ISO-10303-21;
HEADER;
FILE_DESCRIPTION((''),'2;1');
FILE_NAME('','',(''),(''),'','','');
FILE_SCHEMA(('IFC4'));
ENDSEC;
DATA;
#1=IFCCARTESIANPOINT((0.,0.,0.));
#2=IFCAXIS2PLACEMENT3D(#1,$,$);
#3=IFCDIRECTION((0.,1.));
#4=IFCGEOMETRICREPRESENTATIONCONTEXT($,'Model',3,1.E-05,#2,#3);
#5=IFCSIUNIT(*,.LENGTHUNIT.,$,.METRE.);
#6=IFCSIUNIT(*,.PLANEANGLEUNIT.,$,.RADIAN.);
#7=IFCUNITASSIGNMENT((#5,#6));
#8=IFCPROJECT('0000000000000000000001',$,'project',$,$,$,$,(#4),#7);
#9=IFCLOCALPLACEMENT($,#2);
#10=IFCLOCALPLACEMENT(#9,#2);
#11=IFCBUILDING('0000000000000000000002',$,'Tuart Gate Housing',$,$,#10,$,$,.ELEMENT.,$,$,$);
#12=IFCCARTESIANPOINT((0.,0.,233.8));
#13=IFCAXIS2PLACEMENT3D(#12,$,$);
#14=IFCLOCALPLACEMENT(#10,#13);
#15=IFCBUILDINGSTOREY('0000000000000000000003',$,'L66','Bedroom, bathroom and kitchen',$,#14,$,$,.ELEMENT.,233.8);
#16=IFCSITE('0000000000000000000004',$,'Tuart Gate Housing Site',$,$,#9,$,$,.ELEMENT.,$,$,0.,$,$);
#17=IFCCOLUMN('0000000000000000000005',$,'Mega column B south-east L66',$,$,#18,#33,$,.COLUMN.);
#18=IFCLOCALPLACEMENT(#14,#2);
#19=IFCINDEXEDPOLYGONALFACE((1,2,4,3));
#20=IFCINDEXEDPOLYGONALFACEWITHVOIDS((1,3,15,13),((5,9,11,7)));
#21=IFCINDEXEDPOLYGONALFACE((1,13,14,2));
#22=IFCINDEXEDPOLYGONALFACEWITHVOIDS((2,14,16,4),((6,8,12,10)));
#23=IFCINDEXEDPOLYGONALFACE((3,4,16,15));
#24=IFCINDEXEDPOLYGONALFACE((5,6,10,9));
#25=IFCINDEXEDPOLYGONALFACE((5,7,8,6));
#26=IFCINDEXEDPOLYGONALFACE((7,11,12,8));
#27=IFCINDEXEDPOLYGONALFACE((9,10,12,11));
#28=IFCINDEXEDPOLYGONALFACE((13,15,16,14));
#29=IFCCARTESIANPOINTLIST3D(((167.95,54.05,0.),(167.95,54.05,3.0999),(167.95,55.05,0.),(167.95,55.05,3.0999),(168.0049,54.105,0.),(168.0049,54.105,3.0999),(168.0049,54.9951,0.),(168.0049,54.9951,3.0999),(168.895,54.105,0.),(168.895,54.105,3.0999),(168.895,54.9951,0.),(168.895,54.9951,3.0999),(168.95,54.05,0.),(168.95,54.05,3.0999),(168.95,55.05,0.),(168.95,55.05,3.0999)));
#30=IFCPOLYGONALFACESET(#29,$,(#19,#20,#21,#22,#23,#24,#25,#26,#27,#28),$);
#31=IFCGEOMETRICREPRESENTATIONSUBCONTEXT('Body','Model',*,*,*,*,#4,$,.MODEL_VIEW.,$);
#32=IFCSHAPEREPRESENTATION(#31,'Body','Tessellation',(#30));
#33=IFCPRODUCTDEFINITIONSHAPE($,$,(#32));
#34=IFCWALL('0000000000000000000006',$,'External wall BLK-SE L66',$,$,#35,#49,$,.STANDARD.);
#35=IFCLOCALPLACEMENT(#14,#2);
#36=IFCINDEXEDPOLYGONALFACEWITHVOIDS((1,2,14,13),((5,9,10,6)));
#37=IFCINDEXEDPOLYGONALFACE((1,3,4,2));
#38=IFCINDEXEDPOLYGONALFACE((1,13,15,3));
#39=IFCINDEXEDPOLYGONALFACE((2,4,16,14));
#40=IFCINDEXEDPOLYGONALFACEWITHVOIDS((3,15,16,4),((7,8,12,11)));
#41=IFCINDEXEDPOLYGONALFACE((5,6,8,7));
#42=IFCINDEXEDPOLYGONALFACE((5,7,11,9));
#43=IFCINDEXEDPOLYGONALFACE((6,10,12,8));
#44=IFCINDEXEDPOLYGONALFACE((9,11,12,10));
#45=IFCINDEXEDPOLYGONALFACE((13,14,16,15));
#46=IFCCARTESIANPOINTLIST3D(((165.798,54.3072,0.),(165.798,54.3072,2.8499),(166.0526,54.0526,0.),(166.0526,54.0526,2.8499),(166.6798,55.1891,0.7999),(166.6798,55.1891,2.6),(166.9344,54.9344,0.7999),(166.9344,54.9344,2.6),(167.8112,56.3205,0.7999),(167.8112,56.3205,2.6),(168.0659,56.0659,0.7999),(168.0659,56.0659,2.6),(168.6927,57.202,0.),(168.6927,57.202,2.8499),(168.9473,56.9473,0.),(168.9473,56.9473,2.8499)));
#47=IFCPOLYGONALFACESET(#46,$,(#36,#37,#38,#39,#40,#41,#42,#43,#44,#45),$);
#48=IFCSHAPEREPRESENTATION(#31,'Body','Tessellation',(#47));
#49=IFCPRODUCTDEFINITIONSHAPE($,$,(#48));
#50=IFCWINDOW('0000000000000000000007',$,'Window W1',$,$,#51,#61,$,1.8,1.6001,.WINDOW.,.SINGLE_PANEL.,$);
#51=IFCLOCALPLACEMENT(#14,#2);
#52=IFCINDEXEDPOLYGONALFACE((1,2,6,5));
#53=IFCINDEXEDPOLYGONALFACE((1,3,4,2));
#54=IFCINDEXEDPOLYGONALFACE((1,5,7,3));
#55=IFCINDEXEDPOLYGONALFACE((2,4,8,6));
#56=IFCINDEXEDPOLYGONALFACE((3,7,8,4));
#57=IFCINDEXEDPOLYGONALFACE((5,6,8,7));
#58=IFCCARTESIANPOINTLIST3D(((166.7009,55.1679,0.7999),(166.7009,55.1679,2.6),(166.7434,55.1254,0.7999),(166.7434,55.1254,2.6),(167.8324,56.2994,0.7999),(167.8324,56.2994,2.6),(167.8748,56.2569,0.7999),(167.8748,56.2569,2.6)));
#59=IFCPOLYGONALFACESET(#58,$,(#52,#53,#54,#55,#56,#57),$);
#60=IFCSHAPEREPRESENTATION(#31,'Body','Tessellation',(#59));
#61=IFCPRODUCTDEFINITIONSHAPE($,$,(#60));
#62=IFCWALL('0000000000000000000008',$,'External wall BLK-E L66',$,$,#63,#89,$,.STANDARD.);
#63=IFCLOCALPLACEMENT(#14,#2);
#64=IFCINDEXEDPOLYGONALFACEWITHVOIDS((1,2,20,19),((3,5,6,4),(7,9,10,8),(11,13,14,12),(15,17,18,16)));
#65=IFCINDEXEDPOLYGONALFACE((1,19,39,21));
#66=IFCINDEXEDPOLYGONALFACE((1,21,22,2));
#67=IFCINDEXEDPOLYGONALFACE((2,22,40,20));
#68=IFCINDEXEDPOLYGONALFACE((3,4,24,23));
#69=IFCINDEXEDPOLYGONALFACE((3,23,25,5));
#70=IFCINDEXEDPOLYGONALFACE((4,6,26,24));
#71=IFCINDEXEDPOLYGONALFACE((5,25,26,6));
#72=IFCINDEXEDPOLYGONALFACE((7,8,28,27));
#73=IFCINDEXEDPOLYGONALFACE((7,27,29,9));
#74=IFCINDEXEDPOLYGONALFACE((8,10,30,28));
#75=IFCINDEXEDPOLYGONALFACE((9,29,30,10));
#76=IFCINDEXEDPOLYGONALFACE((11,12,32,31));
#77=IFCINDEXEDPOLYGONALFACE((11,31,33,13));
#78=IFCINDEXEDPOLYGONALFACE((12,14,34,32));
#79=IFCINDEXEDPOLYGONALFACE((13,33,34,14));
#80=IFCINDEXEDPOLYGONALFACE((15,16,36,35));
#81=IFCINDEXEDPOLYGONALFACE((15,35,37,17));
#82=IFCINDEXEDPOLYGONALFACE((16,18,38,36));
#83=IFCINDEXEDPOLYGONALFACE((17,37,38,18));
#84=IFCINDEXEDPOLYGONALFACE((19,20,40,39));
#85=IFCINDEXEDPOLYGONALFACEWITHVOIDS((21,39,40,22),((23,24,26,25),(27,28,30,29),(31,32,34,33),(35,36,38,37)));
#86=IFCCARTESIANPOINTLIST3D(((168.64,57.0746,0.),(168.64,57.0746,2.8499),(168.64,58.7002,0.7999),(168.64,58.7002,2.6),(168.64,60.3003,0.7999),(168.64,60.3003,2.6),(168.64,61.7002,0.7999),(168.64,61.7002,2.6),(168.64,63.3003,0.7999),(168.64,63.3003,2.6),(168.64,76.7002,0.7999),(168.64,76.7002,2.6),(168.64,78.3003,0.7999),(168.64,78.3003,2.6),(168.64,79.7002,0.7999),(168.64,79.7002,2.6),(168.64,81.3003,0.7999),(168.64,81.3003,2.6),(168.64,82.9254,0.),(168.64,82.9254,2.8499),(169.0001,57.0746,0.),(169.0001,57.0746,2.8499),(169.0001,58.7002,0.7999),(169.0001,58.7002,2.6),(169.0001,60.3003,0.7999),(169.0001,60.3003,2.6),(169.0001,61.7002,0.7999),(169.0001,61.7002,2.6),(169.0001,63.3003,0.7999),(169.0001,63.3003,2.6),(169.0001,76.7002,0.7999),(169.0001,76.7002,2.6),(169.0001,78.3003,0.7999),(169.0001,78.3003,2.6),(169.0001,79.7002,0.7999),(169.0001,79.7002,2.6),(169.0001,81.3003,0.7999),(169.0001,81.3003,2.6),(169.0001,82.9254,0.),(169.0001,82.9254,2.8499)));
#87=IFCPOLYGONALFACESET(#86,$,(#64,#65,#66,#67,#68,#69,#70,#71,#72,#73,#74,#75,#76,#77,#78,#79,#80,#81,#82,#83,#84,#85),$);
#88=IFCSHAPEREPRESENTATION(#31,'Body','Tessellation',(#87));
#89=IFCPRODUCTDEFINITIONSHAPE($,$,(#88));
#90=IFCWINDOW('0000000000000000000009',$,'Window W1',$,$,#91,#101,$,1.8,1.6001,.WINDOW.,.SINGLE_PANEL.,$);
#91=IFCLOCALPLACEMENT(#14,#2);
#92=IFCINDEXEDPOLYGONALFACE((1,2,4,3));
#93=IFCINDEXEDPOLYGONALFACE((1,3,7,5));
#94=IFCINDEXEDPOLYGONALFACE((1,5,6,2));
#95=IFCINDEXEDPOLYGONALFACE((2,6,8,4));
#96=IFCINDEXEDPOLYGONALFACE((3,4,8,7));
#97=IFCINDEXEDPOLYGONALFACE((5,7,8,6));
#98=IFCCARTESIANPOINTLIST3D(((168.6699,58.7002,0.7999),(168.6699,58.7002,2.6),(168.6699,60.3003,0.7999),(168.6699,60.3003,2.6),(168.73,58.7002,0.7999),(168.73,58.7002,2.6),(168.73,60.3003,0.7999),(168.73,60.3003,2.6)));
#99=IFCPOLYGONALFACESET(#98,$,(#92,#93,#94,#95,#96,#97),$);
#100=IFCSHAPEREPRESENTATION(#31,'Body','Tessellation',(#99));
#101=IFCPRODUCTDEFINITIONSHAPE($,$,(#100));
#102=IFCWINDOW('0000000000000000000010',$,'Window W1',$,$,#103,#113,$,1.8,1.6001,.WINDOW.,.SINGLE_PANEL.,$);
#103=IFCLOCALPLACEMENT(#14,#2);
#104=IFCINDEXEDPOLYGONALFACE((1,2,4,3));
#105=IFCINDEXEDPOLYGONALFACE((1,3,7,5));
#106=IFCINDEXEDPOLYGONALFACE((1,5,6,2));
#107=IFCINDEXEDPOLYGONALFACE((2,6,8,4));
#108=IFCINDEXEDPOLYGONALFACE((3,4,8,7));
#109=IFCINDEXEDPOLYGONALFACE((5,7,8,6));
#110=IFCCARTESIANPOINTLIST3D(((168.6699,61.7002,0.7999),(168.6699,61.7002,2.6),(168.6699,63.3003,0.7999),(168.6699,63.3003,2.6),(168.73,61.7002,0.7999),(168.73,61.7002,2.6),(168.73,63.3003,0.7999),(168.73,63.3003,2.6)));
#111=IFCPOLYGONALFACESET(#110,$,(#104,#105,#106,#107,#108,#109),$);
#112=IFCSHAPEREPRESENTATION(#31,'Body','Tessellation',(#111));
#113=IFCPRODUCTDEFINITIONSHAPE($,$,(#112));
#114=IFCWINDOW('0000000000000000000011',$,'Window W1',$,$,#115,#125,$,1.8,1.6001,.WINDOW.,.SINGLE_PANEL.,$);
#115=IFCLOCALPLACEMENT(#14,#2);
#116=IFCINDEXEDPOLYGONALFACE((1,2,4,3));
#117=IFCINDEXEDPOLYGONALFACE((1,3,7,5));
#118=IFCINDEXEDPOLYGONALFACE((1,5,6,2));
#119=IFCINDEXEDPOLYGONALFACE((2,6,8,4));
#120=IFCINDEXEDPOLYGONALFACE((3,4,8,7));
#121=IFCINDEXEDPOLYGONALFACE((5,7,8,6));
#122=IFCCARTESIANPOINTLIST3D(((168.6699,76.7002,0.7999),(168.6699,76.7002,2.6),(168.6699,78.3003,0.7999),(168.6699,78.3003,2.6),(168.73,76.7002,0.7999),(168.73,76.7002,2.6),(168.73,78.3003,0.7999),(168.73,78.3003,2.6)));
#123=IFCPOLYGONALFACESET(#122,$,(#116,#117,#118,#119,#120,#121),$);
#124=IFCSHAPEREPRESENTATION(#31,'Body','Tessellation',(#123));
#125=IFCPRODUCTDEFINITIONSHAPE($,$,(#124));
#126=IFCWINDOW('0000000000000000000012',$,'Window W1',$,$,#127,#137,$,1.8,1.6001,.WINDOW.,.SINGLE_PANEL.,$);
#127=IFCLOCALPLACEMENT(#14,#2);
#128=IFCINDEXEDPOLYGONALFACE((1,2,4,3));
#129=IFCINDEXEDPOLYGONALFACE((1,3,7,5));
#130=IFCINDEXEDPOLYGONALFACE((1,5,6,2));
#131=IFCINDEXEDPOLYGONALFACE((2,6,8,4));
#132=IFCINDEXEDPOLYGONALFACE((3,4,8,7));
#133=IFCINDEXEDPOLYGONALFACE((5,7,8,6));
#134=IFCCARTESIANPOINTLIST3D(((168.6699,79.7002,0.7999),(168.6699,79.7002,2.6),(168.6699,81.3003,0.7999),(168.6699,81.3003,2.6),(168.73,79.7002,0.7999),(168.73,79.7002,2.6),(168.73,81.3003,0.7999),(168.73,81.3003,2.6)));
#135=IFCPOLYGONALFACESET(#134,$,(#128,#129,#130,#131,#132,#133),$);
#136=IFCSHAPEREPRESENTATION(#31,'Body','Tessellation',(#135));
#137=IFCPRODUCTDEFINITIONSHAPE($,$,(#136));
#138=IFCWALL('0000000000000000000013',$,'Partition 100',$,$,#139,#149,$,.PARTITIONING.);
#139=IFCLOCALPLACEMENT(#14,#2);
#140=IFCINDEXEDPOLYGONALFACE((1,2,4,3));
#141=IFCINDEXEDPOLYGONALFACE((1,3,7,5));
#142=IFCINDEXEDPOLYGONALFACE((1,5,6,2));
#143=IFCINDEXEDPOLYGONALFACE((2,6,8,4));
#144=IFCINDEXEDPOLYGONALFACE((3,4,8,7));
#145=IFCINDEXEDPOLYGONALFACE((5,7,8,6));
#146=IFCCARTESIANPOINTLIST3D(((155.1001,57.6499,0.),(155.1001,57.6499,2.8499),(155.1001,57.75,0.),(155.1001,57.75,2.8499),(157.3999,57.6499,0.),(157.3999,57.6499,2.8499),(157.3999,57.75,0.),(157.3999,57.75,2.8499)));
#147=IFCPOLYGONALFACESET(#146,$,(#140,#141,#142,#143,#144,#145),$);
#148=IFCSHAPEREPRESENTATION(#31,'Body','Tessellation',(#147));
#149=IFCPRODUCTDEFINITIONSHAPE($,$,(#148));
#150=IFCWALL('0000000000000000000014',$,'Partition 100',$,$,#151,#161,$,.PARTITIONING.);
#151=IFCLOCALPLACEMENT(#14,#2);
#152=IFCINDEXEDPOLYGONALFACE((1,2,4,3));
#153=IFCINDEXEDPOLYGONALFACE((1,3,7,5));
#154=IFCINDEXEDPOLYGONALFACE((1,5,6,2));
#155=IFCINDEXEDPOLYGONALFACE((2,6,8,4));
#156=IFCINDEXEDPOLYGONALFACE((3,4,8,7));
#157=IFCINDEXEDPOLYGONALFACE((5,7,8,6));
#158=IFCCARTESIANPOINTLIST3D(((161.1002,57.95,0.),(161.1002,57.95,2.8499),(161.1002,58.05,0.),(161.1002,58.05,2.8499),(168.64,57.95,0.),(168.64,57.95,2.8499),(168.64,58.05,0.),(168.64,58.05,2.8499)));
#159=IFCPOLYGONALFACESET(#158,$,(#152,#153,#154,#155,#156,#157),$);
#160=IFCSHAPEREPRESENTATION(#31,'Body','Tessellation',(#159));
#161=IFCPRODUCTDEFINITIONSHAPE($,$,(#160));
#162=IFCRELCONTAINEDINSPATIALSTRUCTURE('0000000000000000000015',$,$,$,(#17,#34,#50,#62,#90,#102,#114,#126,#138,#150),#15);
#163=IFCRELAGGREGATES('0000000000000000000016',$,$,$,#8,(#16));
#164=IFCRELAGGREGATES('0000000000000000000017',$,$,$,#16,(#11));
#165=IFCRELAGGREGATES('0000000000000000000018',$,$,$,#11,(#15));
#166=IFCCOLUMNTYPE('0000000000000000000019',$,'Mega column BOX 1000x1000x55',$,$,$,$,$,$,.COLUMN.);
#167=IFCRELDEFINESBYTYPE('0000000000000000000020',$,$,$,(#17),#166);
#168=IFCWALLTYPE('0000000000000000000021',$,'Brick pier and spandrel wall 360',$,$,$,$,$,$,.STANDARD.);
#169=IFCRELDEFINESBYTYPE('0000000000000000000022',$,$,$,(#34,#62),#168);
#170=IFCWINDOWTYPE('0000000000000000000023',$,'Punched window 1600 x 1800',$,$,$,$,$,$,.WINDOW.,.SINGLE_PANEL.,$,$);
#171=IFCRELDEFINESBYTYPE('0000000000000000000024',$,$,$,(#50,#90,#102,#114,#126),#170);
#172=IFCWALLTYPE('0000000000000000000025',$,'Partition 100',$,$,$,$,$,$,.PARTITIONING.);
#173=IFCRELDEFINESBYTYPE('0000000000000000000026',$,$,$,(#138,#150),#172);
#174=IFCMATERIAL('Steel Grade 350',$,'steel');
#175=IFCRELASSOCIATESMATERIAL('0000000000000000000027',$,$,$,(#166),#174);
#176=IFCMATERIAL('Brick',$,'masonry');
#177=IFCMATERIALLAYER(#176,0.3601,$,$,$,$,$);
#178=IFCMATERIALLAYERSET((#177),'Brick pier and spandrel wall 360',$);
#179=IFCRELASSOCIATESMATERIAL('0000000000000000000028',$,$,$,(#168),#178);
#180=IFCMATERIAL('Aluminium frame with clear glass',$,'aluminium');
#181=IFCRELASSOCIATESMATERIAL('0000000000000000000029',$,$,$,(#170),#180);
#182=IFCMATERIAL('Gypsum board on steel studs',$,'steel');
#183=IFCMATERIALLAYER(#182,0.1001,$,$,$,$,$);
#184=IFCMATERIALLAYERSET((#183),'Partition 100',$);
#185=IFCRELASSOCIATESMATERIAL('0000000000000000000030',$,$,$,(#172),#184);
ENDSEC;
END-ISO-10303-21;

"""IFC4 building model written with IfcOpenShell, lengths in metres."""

from ifc_helpers import new_model, si_unit, direction, frame, frame_2d, origin, origin_2d, place, context, subcontext, project, spatial, rectangle, hollow_rectangle, extrude, material, layer, layer_set, material_profile, profile_set, type_object, element, fill, save


model = new_model("IFC4")

# Units and contexts
model_context = context("Model", 3, precision=1e-05, world=origin(), true_north=direction((0.0, 1.0)))
body_context = subcontext(model_context, "Body", "Model", "MODEL_VIEW")
ifc_project = project(units=[si_unit("LENGTHUNIT", "METRE"), si_unit("PLANEANGLEUNIT", "RADIAN")], contexts=[model_context])

# Site, building, storey
site_placement = place(None, origin())
site = spatial("IfcSite", under=ifc_project, at=site_placement, Name="Tuart Gate Housing Site", CompositionType="ELEMENT", RefElevation=0.0)
building_placement = place(site_placement, origin())
building = spatial("IfcBuilding", under=site, at=building_placement, Name="Tuart Gate Housing", CompositionType="ELEMENT")
storey_placement = place(building_placement, frame((0.0, 0.0, 233.8)))
storey = spatial("IfcBuildingStorey", under=building, at=storey_placement, Name="L66", Description="Bedroom, bathroom and kitchen", CompositionType="ELEMENT", Elevation=233.8)

# Column
ifc_material_1 = material(Name="Steel Grade 350", Category="steel")
ifc_material_profile = material_profile(ifc_material_1, hollow_rectangle(XDim=1.0, YDim=1.0, WallThickness=0.0549, at=origin_2d()), Name="BOX 1000x1000x55")
ifc_profile_set = profile_set([ifc_material_profile], Name="Steel Grade 350")
column_type = type_object("IfcColumnType", Name="Mega column BOX 1000x1000x55", PredefinedType="COLUMN", material=ifc_profile_set)
column_placement = place(storey_placement, frame((168.45, 54.55, 0.0), z_axis=(0.0, 0.0, 1.0), x_axis=(1.0, 0.0, 0.0)))
element("IfcColumn", 1, at=column_placement, inside=storey, type_object=column_type, Name="Mega column B south-east L66", PredefinedType="COLUMN", context=body_context, shape_type="SweptSolid", body=[
    extrude(hollow_rectangle(XDim=1.0, YDim=1.0, WallThickness=0.0549, at=origin_2d()), origin(), (0.0, 0.0, 1.0), 3.0999),
])

# Wall, opening, window
ifc_material_2 = material(Name="Brick", Category="masonry")
ifc_layer_1 = layer(ifc_material_2, 0.3601)
ifc_layer_set_1 = layer_set([ifc_layer_1], Name="Brick pier and spandrel wall 360")
wall_type_1 = type_object("IfcWallType", Name="Brick pier and spandrel wall 360", PredefinedType="STANDARD", material=ifc_layer_set_1)
wall_1_placement = place(storey_placement, frame((165.9253, 54.1799, 0.0), z_axis=(0.0, 0.0, 1.0), x_axis=(0.707107, 0.707107, 0.0)))
wall_1 = element("IfcWall", 2, at=wall_1_placement, inside=storey, type_object=wall_type_1, Name="External wall BLK-SE L66", PredefinedType="STANDARD", context=body_context, shape_type="SweptSolid", body=[
    extrude(rectangle(XDim=4.0938, YDim=0.3601, at=frame_2d((2.0469, 0.0))), origin(), (0.0, 0.0, 1.0), 2.8499),
])
opening_1_placement = place(wall_1_placement, frame((1.2471, 0.0, 0.8)))
opening_1 = element("IfcOpeningElement", 3, at=opening_1_placement, cuts=wall_1, PredefinedType="OPENING", context=body_context, shape_type="SweptSolid", body=[
    extrude(rectangle(XDim=1.6001, YDim=1.8, at=frame_2d((0.8, 0.8999))), frame((0.0, 0.1899, 0.0), z_axis=(0.0, -1.0, 0.0), x_axis=(1.0, 0.0, 0.0)), (0.0, 0.0, 1.0), 0.3801),
])
ifc_material_3 = material(Name="Aluminium frame with clear glass", Category="aluminium")
window_type = type_object("IfcWindowType", Name="Punched window 1600 x 1800", PartitioningType="SINGLE_PANEL", PredefinedType="WINDOW", material=ifc_material_3)
window_1_placement = place(opening_1_placement, origin())
window_1 = element("IfcWindow", 4, at=window_1_placement, inside=storey, type_object=window_type, Name="Window W1", OverallHeight=1.8, OverallWidth=1.6001, PartitioningType="SINGLE_PANEL", PredefinedType="WINDOW", context=body_context, shape_type="SweptSolid", body=[
    extrude(rectangle(XDim=1.6001, YDim=1.8, at=frame_2d((0.8, 0.8999))), frame((0.0, 0.1501, 0.0), z_axis=(0.0, -1.0, 0.0), x_axis=(1.0, 0.0, 0.0)), (0.0, 0.0, 1.0), 0.0601),
])
fill(opening_1, window_1)

# Wall, openings, windows
wall_2_placement = place(storey_placement, frame((168.8201, 57.0747, 0.0), z_axis=(0.0, 0.0, 1.0), x_axis=(0.0, 1.0, 0.0)))
wall_2 = element("IfcWall", 5, at=wall_2_placement, inside=storey, type_object=wall_type_1, Name="External wall BLK-E L66", PredefinedType="STANDARD", context=body_context, shape_type="SweptSolid", body=[
    extrude(rectangle(XDim=25.8508, YDim=0.3601, at=frame_2d((12.9253, 0.0))), origin(), (0.0, 0.0, 1.0), 2.8499),
])
opening_2_placement = place(wall_2_placement, frame((1.6255, 0.0, 0.8)))
opening_2 = element("IfcOpeningElement", 6, at=opening_2_placement, cuts=wall_2, PredefinedType="OPENING", context=body_context, shape_type="SweptSolid", body=[
    extrude(rectangle(XDim=1.6001, YDim=1.8, at=frame_2d((0.8, 0.8999))), frame((0.0, 0.1899, 0.0), z_axis=(0.0, -1.0, 0.0), x_axis=(1.0, 0.0, 0.0)), (0.0, 0.0, 1.0), 0.3801),
])
opening_3_placement = place(wall_2_placement, frame((4.6255, 0.0, 0.8)))
opening_3 = element("IfcOpeningElement", 7, at=opening_3_placement, cuts=wall_2, PredefinedType="OPENING", context=body_context, shape_type="SweptSolid", body=[
    extrude(rectangle(XDim=1.6001, YDim=1.8, at=frame_2d((0.8, 0.8999))), frame((0.0, 0.1899, 0.0), z_axis=(0.0, -1.0, 0.0), x_axis=(1.0, 0.0, 0.0)), (0.0, 0.0, 1.0), 0.3801),
])
opening_4_placement = place(wall_2_placement, frame((19.6255, 0.0, 0.8)))
opening_4 = element("IfcOpeningElement", 8, at=opening_4_placement, cuts=wall_2, PredefinedType="OPENING", context=body_context, shape_type="SweptSolid", body=[
    extrude(rectangle(XDim=1.6001, YDim=1.8, at=frame_2d((0.8, 0.8999))), frame((0.0, 0.1899, 0.0), z_axis=(0.0, -1.0, 0.0), x_axis=(1.0, 0.0, 0.0)), (0.0, 0.0, 1.0), 0.3801),
])
opening_5_placement = place(wall_2_placement, frame((22.6255, 0.0, 0.8)))
opening_5 = element("IfcOpeningElement", 9, at=opening_5_placement, cuts=wall_2, PredefinedType="OPENING", context=body_context, shape_type="SweptSolid", body=[
    extrude(rectangle(XDim=1.6001, YDim=1.8, at=frame_2d((0.8, 0.8999))), frame((0.0, 0.1899, 0.0), z_axis=(0.0, -1.0, 0.0), x_axis=(1.0, 0.0, 0.0)), (0.0, 0.0, 1.0), 0.3801),
])
window_2_placement = place(opening_2_placement, origin())
window_2 = element("IfcWindow", 10, at=window_2_placement, inside=storey, type_object=window_type, Name="Window W1", OverallHeight=1.8, OverallWidth=1.6001, PartitioningType="SINGLE_PANEL", PredefinedType="WINDOW", context=body_context, shape_type="SweptSolid", body=[
    extrude(rectangle(XDim=1.6001, YDim=1.8, at=frame_2d((0.8, 0.8999))), frame((0.0, 0.1501, 0.0), z_axis=(0.0, -1.0, 0.0), x_axis=(1.0, 0.0, 0.0)), (0.0, 0.0, 1.0), 0.0601),
])
fill(opening_2, window_2)
window_3_placement = place(opening_3_placement, origin())
window_3 = element("IfcWindow", 11, at=window_3_placement, inside=storey, type_object=window_type, Name="Window W1", OverallHeight=1.8, OverallWidth=1.6001, PartitioningType="SINGLE_PANEL", PredefinedType="WINDOW", context=body_context, shape_type="SweptSolid", body=[
    extrude(rectangle(XDim=1.6001, YDim=1.8, at=frame_2d((0.8, 0.8999))), frame((0.0, 0.1501, 0.0), z_axis=(0.0, -1.0, 0.0), x_axis=(1.0, 0.0, 0.0)), (0.0, 0.0, 1.0), 0.0601),
])
fill(opening_3, window_3)
window_4_placement = place(opening_4_placement, origin())
window_4 = element("IfcWindow", 12, at=window_4_placement, inside=storey, type_object=window_type, Name="Window W1", OverallHeight=1.8, OverallWidth=1.6001, PartitioningType="SINGLE_PANEL", PredefinedType="WINDOW", context=body_context, shape_type="SweptSolid", body=[
    extrude(rectangle(XDim=1.6001, YDim=1.8, at=frame_2d((0.8, 0.8999))), frame((0.0, 0.1501, 0.0), z_axis=(0.0, -1.0, 0.0), x_axis=(1.0, 0.0, 0.0)), (0.0, 0.0, 1.0), 0.0601),
])
fill(opening_4, window_4)
window_5_placement = place(opening_5_placement, origin())
window_5 = element("IfcWindow", 13, at=window_5_placement, inside=storey, type_object=window_type, Name="Window W1", OverallHeight=1.8, OverallWidth=1.6001, PartitioningType="SINGLE_PANEL", PredefinedType="WINDOW", context=body_context, shape_type="SweptSolid", body=[
    extrude(rectangle(XDim=1.6001, YDim=1.8, at=frame_2d((0.8, 0.8999))), frame((0.0, 0.1501, 0.0), z_axis=(0.0, -1.0, 0.0), x_axis=(1.0, 0.0, 0.0)), (0.0, 0.0, 1.0), 0.0601),
])
fill(opening_5, window_5)

# Walls
ifc_material_4 = material(Name="Gypsum board on steel studs", Category="steel")
ifc_layer_2 = layer(ifc_material_4, 0.1001)
ifc_layer_set_2 = layer_set([ifc_layer_2], Name="Partition 100")
wall_type_2 = type_object("IfcWallType", Name="Partition 100", PredefinedType="PARTITIONING", material=ifc_layer_set_2)
wall_3_placement = place(storey_placement, frame((155.1001, 57.7, 0.0), z_axis=(0.0, 0.0, 1.0), x_axis=(1.0, 0.0, 0.0)))
element("IfcWall", 14, at=wall_3_placement, inside=storey, type_object=wall_type_2, Name="Partition 100", PredefinedType="PARTITIONING", context=body_context, shape_type="SweptSolid", body=[
    extrude(rectangle(XDim=2.2998, YDim=0.1001, at=frame_2d((1.1499, 0.0))), origin(), (0.0, 0.0, 1.0), 2.8499),
])
wall_4_placement = place(storey_placement, frame((161.1001, 58.0, 0.0), z_axis=(0.0, 0.0, 1.0), x_axis=(1.0, 0.0, 0.0)))
element("IfcWall", 15, at=wall_4_placement, inside=storey, type_object=wall_type_2, Name="Partition 100", PredefinedType="PARTITIONING", context=body_context, shape_type="SweptSolid", body=[
    extrude(rectangle(XDim=7.5398, YDim=0.1001, at=frame_2d((3.77, 0.0))), origin(), (0.0, 0.0, 1.0), 2.8499),
])

save(model, "model.ifc")
